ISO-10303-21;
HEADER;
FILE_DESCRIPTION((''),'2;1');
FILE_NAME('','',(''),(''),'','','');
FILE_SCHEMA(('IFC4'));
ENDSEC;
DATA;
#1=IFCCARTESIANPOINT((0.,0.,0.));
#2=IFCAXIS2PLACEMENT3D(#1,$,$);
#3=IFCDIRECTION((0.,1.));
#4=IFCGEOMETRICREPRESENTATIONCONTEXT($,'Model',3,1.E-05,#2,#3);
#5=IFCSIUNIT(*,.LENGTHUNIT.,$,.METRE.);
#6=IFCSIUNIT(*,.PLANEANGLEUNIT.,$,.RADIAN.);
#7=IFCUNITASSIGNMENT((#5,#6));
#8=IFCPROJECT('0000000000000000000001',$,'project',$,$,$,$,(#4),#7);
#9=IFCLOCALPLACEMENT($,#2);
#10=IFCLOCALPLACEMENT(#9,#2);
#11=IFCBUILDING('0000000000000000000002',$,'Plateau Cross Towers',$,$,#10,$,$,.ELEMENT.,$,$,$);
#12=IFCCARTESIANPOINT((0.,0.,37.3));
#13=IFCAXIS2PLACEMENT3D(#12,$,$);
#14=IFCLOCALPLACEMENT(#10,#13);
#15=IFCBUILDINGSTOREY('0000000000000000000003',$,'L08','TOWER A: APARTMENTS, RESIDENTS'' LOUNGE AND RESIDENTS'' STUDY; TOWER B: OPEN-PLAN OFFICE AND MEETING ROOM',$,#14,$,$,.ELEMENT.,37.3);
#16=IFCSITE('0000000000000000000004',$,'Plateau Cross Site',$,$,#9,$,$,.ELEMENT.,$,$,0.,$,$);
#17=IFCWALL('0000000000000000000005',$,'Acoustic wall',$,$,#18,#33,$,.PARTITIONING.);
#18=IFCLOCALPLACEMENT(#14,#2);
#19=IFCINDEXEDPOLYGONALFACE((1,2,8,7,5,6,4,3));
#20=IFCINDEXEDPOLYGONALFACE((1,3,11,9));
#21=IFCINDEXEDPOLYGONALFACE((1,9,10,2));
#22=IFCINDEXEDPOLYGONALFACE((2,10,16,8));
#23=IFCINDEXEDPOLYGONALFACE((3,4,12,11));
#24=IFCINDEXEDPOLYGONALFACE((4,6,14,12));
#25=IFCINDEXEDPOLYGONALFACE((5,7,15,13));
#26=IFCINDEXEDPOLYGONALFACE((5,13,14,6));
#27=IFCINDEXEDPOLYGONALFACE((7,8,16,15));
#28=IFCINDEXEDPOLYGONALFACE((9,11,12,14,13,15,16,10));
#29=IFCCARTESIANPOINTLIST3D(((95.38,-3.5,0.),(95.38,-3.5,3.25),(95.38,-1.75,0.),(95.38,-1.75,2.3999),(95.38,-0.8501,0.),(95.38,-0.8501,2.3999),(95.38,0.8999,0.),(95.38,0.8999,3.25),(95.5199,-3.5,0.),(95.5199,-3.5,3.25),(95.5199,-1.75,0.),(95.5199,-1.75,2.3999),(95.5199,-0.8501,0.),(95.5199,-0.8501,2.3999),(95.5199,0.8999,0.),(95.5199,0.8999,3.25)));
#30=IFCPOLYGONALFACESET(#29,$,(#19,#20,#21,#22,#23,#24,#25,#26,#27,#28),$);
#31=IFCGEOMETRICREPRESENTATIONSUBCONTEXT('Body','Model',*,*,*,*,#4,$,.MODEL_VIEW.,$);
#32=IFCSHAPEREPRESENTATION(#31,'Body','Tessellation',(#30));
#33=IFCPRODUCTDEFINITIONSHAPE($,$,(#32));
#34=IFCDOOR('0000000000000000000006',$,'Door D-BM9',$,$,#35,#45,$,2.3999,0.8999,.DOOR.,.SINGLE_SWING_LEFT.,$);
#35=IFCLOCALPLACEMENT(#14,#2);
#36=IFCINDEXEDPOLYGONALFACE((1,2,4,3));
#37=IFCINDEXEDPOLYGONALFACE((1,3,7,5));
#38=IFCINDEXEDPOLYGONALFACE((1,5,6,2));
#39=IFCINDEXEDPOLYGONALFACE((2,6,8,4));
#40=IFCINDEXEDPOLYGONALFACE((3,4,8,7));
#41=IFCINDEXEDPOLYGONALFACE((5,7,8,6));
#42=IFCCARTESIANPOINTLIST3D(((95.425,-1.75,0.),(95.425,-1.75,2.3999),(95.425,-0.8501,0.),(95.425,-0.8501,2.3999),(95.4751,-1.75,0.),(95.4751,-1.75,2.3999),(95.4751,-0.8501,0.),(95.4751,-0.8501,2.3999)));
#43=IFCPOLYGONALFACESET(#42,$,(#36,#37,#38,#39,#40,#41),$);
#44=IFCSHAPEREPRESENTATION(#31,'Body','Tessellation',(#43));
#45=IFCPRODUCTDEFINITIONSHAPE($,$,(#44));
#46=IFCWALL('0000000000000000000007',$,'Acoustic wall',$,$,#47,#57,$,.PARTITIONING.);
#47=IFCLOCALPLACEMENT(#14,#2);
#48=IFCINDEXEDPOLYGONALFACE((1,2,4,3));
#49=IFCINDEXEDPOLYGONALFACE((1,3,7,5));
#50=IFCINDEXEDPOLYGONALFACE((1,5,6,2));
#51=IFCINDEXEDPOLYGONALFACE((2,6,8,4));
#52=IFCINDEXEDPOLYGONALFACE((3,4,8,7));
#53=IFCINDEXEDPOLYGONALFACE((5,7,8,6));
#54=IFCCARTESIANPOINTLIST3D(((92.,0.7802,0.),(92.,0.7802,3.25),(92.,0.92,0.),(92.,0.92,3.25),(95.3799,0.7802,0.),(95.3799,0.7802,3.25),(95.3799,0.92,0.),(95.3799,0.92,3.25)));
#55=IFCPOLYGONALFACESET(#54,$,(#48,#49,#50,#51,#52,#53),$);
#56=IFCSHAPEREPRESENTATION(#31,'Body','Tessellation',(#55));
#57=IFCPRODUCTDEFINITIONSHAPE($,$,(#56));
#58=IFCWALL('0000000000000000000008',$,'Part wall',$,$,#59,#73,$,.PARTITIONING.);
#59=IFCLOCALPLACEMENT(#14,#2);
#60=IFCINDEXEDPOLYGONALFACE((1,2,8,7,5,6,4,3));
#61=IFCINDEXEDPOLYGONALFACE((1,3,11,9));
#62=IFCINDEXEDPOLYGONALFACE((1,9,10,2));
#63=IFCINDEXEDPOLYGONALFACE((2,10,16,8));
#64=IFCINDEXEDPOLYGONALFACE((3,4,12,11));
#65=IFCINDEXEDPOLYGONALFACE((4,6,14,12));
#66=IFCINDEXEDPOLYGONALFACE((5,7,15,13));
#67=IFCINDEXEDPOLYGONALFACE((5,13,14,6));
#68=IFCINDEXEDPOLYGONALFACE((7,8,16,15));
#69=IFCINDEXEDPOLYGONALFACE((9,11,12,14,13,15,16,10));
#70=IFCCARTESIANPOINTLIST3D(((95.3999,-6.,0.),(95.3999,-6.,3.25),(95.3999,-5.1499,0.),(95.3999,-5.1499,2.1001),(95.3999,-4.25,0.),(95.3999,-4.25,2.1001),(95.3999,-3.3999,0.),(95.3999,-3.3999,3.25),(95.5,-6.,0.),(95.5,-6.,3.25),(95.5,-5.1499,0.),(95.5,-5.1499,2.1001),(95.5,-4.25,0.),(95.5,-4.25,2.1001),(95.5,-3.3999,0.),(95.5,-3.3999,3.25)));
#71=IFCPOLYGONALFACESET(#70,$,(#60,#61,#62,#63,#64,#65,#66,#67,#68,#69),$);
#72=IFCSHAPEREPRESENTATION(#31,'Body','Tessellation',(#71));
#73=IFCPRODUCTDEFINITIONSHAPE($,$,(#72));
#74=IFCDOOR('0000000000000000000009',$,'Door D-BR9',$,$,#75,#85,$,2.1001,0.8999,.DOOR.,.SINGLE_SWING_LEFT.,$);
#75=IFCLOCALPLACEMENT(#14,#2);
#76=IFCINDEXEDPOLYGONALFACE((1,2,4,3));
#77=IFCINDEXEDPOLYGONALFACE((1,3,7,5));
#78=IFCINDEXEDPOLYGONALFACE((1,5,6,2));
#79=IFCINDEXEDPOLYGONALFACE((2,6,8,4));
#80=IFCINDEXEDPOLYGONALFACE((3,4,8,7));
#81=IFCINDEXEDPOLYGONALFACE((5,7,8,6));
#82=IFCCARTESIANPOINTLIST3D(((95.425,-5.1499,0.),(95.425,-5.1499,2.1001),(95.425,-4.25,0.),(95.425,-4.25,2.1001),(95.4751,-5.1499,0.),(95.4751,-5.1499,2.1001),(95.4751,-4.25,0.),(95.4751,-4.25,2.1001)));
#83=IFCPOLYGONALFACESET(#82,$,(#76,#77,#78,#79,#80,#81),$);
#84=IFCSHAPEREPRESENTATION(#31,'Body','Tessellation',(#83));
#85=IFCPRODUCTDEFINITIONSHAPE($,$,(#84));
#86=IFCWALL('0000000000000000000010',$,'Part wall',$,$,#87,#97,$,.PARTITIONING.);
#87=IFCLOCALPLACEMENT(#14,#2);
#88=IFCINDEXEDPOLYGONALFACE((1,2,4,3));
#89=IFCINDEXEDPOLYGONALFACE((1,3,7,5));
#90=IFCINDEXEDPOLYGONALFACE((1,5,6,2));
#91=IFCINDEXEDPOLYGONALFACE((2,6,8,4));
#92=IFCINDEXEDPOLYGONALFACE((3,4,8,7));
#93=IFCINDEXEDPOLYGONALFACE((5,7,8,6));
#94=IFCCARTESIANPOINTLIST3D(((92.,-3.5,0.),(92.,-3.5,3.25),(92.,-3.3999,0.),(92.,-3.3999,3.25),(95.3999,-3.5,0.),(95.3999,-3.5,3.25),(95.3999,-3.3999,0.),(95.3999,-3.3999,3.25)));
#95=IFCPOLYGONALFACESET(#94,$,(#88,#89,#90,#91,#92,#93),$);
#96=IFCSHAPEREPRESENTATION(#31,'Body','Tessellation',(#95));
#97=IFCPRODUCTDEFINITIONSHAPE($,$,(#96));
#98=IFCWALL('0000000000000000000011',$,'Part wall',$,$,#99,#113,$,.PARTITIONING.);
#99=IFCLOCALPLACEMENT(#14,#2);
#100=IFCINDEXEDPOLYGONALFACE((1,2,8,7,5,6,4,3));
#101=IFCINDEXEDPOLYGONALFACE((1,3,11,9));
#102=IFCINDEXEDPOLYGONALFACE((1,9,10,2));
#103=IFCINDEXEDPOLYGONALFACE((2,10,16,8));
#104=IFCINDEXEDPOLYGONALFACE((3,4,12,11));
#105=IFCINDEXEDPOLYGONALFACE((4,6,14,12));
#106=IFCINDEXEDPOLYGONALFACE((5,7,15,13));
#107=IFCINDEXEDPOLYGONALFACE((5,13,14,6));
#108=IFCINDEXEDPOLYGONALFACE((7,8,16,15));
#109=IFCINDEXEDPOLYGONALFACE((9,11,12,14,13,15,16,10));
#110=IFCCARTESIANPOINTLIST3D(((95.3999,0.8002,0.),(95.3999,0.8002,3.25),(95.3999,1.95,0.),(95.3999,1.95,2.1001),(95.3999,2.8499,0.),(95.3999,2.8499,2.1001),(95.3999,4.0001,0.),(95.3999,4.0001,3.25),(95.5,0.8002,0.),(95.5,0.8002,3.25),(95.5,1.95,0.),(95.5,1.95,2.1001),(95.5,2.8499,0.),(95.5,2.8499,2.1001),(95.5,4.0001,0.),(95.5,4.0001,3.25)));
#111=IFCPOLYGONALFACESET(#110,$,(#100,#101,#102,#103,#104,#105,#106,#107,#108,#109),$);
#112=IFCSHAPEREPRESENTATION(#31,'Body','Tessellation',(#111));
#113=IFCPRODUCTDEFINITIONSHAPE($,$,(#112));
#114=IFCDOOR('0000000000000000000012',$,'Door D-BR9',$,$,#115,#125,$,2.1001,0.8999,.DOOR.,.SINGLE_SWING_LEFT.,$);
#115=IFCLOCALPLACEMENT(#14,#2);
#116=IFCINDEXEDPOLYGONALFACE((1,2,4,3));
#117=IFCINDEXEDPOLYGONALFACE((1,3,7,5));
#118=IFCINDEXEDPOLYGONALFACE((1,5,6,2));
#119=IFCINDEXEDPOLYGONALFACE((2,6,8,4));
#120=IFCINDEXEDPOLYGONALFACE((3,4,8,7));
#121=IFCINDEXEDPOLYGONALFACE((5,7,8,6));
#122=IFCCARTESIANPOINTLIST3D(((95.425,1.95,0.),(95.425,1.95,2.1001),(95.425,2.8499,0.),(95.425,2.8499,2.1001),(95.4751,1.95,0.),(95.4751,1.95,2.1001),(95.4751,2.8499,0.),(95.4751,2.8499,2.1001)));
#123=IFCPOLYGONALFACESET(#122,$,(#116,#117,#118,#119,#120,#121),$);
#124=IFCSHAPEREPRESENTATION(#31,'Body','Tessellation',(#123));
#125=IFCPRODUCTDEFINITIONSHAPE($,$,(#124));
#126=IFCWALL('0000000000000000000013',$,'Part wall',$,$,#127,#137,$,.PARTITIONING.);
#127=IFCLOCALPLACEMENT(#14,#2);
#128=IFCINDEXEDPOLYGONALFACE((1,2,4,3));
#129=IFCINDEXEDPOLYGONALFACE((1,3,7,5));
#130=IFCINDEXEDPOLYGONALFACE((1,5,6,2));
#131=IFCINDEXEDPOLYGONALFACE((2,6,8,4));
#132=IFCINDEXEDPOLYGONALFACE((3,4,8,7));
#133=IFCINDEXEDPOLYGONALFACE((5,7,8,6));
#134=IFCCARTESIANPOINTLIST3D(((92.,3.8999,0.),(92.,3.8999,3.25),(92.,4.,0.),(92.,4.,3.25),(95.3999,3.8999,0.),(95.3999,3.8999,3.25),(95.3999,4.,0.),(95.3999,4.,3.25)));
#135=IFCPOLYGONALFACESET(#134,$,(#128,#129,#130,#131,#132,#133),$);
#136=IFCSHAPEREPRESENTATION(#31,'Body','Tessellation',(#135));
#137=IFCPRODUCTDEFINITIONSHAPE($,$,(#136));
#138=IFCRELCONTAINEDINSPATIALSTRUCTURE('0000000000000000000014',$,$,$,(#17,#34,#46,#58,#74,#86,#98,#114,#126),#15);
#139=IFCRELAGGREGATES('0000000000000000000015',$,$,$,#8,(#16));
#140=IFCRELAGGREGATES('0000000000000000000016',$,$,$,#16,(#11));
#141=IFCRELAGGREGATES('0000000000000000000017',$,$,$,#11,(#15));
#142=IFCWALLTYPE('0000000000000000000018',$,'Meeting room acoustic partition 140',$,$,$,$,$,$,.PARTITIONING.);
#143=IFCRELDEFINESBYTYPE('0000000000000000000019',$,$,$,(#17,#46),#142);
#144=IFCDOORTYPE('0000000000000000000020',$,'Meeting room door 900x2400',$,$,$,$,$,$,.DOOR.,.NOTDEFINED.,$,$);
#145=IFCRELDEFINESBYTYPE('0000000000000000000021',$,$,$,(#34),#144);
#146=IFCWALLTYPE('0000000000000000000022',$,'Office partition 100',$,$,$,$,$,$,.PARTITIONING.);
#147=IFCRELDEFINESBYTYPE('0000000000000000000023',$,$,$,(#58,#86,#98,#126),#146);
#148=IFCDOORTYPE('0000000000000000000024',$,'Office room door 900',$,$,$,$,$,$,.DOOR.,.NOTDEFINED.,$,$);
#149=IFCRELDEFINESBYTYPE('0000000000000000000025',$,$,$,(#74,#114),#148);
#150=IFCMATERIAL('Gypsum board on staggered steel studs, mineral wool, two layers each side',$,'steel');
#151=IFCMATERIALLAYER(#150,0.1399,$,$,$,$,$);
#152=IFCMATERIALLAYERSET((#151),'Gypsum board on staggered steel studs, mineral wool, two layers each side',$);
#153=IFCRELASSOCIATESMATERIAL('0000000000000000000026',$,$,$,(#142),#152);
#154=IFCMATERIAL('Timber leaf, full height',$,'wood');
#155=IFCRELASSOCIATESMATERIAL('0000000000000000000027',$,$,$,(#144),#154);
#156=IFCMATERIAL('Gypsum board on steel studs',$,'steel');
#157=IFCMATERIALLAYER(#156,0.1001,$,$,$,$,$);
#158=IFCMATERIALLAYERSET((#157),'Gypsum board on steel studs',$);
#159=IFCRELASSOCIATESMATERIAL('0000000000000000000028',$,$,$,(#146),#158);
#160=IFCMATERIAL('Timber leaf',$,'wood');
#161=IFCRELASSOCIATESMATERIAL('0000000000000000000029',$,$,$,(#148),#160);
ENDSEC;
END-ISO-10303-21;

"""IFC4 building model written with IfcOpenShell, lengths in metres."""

from ifc_helpers import new_model, si_unit, direction, frame, frame_2d, origin, place, context, subcontext, project, spatial, rectangle, extrude, material, layer, layer_set, type_object, element, fill, save


model = new_model("IFC4")

# Units and contexts
model_context = context("Model", 3, precision=1e-05, world=origin(), true_north=direction((0.0, 1.0)))
body_context = subcontext(model_context, "Body", "Model", "MODEL_VIEW")
ifc_project = project(units=[si_unit("LENGTHUNIT", "METRE"), si_unit("PLANEANGLEUNIT", "RADIAN")], contexts=[model_context])

# Site, building, storey
site_placement = place(None, origin())
site = spatial("IfcSite", under=ifc_project, at=site_placement, Name="Plateau Cross Site", CompositionType="ELEMENT", RefElevation=0.0)
building_placement = place(site_placement, origin())
building = spatial("IfcBuilding", under=site, at=building_placement, Name="Plateau Cross Towers", CompositionType="ELEMENT")
storey_placement = place(building_placement, frame((0.0, 0.0, 37.3)))
storey = spatial("IfcBuildingStorey", under=building, at=storey_placement, Name="L08", Description="TOWER A: APARTMENTS, RESIDENTS' LOUNGE AND RESIDENTS' STUDY; TOWER B: OPEN-PLAN OFFICE AND MEETING ROOM", CompositionType="ELEMENT", Elevation=37.3)

# Wall, opening, door
ifc_material_1 = material(Name="Gypsum board on staggered steel studs, mineral wool, two layers each side", Category="steel")
ifc_layer_1 = layer(ifc_material_1, 0.1399)
ifc_layer_set_1 = layer_set([ifc_layer_1], Name="Gypsum board on staggered steel studs, mineral wool, two layers each side")
wall_type_1 = type_object("IfcWallType", Name="Meeting room acoustic partition 140", PredefinedType="PARTITIONING", material=ifc_layer_set_1)
wall_1_placement = place(storey_placement, frame((95.45, -3.5, 0.0), z_axis=(0.0, 0.0, 1.0), x_axis=(0.0, 1.0, 0.0)))
wall_1 = element("IfcWall", 1, at=wall_1_placement, inside=storey, type_object=wall_type_1, Name="Acoustic wall", PredefinedType="PARTITIONING", context=body_context, shape_type="SweptSolid", body=[
    extrude(rectangle(XDim=4.3999, YDim=0.1399, at=frame_2d((2.2, 0.0))), origin(), (0.0, 0.0, 1.0), 3.25),
])
opening_1_placement = place(wall_1_placement, frame((1.75, 0.0, 0.0)))
opening_1 = element("IfcOpeningElement", 2, at=opening_1_placement, cuts=wall_1, PredefinedType="OPENING", context=body_context, shape_type="SweptSolid", body=[
    extrude(rectangle(XDim=0.8999, YDim=2.3999, at=frame_2d((0.45, 1.2))), frame((0.0, 0.0798, 0.0), z_axis=(0.0, -1.0, 0.0), x_axis=(1.0, 0.0, 0.0)), (0.0, 0.0, 1.0), 0.1599),
])
ifc_material_2 = material(Name="Timber leaf, full height", Category="wood")
door_type_1 = type_object("IfcDoorType", Name="Meeting room door 900x2400", OperationType="NOTDEFINED", PredefinedType="DOOR", material=ifc_material_2)
door_1_placement = place(opening_1_placement, origin())
door_1 = element("IfcDoor", 3, at=door_1_placement, inside=storey, type_object=door_type_1, Name="Door D-BM9", OperationType="SINGLE_SWING_LEFT", OverallHeight=2.3999, OverallWidth=0.8999, PredefinedType="DOOR", context=body_context, shape_type="SweptSolid", body=[
    extrude(rectangle(XDim=0.8999, YDim=2.3999, at=frame_2d((0.45, 1.2))), frame((0.0, 0.0249, 0.0), z_axis=(0.0, -1.0, 0.0), x_axis=(1.0, 0.0, 0.0)), (0.0, 0.0, 1.0), 0.05),
])
fill(opening_1, door_1)

# Wall
wall_2_placement = place(storey_placement, frame((92.0, 0.8501, 0.0), z_axis=(0.0, 0.0, 1.0), x_axis=(1.0, 0.0, 0.0)))
element("IfcWall", 4, at=wall_2_placement, inside=storey, type_object=wall_type_1, Name="Acoustic wall", PredefinedType="PARTITIONING", context=body_context, shape_type="SweptSolid", body=[
    extrude(rectangle(XDim=3.3799, YDim=0.1399, at=frame_2d((1.6899, 0.0))), origin(), (0.0, 0.0, 1.0), 3.25),
])

# Wall, opening, door
ifc_material_3 = material(Name="Gypsum board on steel studs", Category="steel")
ifc_layer_2 = layer(ifc_material_3, 0.1001)
ifc_layer_set_2 = layer_set([ifc_layer_2], Name="Gypsum board on steel studs")
wall_type_2 = type_object("IfcWallType", Name="Office partition 100", PredefinedType="PARTITIONING", material=ifc_layer_set_2)
wall_3_placement = place(storey_placement, frame((95.45, -6.0, 0.0), z_axis=(0.0, 0.0, 1.0), x_axis=(0.0, 1.0, 0.0)))
wall_3 = element("IfcWall", 5, at=wall_3_placement, inside=storey, type_object=wall_type_2, Name="Part wall", PredefinedType="PARTITIONING", context=body_context, shape_type="SweptSolid", body=[
    extrude(rectangle(XDim=2.6001, YDim=0.1001, at=frame_2d((1.3, 0.0))), origin(), (0.0, 0.0, 1.0), 3.25),
])
opening_2_placement = place(wall_3_placement, frame((0.8501, 0.0, 0.0)))
opening_2 = element("IfcOpeningElement", 6, at=opening_2_placement, cuts=wall_3, PredefinedType="OPENING", context=body_context, shape_type="SweptSolid", body=[
    extrude(rectangle(XDim=0.8999, YDim=2.1001, at=frame_2d((0.45, 1.05))), frame((0.0, 0.0601, 0.0), z_axis=(0.0, -1.0, 0.0), x_axis=(1.0, 0.0, 0.0)), (0.0, 0.0, 1.0), 0.1201),
])
ifc_material_4 = material(Name="Timber leaf", Category="wood")
door_type_2 = type_object("IfcDoorType", Name="Office room door 900", OperationType="NOTDEFINED", PredefinedType="DOOR", material=ifc_material_4)
door_2_placement = place(opening_2_placement, origin())
door_2 = element("IfcDoor", 7, at=door_2_placement, inside=storey, type_object=door_type_2, Name="Door D-BR9", OperationType="SINGLE_SWING_LEFT", OverallHeight=2.1001, OverallWidth=0.8999, PredefinedType="DOOR", context=body_context, shape_type="SweptSolid", body=[
    extrude(rectangle(XDim=0.8999, YDim=2.1001, at=frame_2d((0.45, 1.05))), frame((0.0, 0.0249, 0.0), z_axis=(0.0, -1.0, 0.0), x_axis=(1.0, 0.0, 0.0)), (0.0, 0.0, 1.0), 0.05),
])
fill(opening_2, door_2)

# Wall
wall_4_placement = place(storey_placement, frame((92.0, -3.45, 0.0), z_axis=(0.0, 0.0, 1.0), x_axis=(1.0, 0.0, 0.0)))
element("IfcWall", 8, at=wall_4_placement, inside=storey, type_object=wall_type_2, Name="Part wall", PredefinedType="PARTITIONING", context=body_context, shape_type="SweptSolid", body=[
    extrude(rectangle(XDim=3.3999, YDim=0.1001, at=frame_2d((1.7, 0.0))), origin(), (0.0, 0.0, 1.0), 3.25),
])

# Wall, opening, door
wall_5_placement = place(storey_placement, frame((95.45, 0.8, 0.0), z_axis=(0.0, 0.0, 1.0), x_axis=(0.0, 1.0, 0.0)))
wall_5 = element("IfcWall", 9, at=wall_5_placement, inside=storey, type_object=wall_type_2, Name="Part wall", PredefinedType="PARTITIONING", context=body_context, shape_type="SweptSolid", body=[
    extrude(rectangle(XDim=3.2, YDim=0.1001, at=frame_2d((1.6001, 0.0))), origin(), (0.0, 0.0, 1.0), 3.25),
])
opening_3_placement = place(wall_5_placement, frame((1.1499, 0.0, 0.0)))
opening_3 = element("IfcOpeningElement", 10, at=opening_3_placement, cuts=wall_5, PredefinedType="OPENING", context=body_context, shape_type="SweptSolid", body=[
    extrude(rectangle(XDim=0.8999, YDim=2.1001, at=frame_2d((0.45, 1.05))), frame((0.0, 0.0601, 0.0), z_axis=(0.0, -1.0, 0.0), x_axis=(1.0, 0.0, 0.0)), (0.0, 0.0, 1.0), 0.1201),
])
door_3_placement = place(opening_3_placement, origin())
door_3 = element("IfcDoor", 11, at=door_3_placement, inside=storey, type_object=door_type_2, Name="Door D-BR9", OperationType="SINGLE_SWING_LEFT", OverallHeight=2.1001, OverallWidth=0.8999, PredefinedType="DOOR", context=body_context, shape_type="SweptSolid", body=[
    extrude(rectangle(XDim=0.8999, YDim=2.1001, at=frame_2d((0.45, 1.05))), frame((0.0, 0.0249, 0.0), z_axis=(0.0, -1.0, 0.0), x_axis=(1.0, 0.0, 0.0)), (0.0, 0.0, 1.0), 0.05),
])
fill(opening_3, door_3)

# Wall
wall_6_placement = place(storey_placement, frame((92.0, 3.95, 0.0), z_axis=(0.0, 0.0, 1.0), x_axis=(1.0, 0.0, 0.0)))
element("IfcWall", 12, at=wall_6_placement, inside=storey, type_object=wall_type_2, Name="Part wall", PredefinedType="PARTITIONING", context=body_context, shape_type="SweptSolid", body=[
    extrude(rectangle(XDim=3.3999, YDim=0.1001, at=frame_2d((1.7, 0.0))), origin(), (0.0, 0.0, 1.0), 3.25),
])

save(model, "model.ifc")
